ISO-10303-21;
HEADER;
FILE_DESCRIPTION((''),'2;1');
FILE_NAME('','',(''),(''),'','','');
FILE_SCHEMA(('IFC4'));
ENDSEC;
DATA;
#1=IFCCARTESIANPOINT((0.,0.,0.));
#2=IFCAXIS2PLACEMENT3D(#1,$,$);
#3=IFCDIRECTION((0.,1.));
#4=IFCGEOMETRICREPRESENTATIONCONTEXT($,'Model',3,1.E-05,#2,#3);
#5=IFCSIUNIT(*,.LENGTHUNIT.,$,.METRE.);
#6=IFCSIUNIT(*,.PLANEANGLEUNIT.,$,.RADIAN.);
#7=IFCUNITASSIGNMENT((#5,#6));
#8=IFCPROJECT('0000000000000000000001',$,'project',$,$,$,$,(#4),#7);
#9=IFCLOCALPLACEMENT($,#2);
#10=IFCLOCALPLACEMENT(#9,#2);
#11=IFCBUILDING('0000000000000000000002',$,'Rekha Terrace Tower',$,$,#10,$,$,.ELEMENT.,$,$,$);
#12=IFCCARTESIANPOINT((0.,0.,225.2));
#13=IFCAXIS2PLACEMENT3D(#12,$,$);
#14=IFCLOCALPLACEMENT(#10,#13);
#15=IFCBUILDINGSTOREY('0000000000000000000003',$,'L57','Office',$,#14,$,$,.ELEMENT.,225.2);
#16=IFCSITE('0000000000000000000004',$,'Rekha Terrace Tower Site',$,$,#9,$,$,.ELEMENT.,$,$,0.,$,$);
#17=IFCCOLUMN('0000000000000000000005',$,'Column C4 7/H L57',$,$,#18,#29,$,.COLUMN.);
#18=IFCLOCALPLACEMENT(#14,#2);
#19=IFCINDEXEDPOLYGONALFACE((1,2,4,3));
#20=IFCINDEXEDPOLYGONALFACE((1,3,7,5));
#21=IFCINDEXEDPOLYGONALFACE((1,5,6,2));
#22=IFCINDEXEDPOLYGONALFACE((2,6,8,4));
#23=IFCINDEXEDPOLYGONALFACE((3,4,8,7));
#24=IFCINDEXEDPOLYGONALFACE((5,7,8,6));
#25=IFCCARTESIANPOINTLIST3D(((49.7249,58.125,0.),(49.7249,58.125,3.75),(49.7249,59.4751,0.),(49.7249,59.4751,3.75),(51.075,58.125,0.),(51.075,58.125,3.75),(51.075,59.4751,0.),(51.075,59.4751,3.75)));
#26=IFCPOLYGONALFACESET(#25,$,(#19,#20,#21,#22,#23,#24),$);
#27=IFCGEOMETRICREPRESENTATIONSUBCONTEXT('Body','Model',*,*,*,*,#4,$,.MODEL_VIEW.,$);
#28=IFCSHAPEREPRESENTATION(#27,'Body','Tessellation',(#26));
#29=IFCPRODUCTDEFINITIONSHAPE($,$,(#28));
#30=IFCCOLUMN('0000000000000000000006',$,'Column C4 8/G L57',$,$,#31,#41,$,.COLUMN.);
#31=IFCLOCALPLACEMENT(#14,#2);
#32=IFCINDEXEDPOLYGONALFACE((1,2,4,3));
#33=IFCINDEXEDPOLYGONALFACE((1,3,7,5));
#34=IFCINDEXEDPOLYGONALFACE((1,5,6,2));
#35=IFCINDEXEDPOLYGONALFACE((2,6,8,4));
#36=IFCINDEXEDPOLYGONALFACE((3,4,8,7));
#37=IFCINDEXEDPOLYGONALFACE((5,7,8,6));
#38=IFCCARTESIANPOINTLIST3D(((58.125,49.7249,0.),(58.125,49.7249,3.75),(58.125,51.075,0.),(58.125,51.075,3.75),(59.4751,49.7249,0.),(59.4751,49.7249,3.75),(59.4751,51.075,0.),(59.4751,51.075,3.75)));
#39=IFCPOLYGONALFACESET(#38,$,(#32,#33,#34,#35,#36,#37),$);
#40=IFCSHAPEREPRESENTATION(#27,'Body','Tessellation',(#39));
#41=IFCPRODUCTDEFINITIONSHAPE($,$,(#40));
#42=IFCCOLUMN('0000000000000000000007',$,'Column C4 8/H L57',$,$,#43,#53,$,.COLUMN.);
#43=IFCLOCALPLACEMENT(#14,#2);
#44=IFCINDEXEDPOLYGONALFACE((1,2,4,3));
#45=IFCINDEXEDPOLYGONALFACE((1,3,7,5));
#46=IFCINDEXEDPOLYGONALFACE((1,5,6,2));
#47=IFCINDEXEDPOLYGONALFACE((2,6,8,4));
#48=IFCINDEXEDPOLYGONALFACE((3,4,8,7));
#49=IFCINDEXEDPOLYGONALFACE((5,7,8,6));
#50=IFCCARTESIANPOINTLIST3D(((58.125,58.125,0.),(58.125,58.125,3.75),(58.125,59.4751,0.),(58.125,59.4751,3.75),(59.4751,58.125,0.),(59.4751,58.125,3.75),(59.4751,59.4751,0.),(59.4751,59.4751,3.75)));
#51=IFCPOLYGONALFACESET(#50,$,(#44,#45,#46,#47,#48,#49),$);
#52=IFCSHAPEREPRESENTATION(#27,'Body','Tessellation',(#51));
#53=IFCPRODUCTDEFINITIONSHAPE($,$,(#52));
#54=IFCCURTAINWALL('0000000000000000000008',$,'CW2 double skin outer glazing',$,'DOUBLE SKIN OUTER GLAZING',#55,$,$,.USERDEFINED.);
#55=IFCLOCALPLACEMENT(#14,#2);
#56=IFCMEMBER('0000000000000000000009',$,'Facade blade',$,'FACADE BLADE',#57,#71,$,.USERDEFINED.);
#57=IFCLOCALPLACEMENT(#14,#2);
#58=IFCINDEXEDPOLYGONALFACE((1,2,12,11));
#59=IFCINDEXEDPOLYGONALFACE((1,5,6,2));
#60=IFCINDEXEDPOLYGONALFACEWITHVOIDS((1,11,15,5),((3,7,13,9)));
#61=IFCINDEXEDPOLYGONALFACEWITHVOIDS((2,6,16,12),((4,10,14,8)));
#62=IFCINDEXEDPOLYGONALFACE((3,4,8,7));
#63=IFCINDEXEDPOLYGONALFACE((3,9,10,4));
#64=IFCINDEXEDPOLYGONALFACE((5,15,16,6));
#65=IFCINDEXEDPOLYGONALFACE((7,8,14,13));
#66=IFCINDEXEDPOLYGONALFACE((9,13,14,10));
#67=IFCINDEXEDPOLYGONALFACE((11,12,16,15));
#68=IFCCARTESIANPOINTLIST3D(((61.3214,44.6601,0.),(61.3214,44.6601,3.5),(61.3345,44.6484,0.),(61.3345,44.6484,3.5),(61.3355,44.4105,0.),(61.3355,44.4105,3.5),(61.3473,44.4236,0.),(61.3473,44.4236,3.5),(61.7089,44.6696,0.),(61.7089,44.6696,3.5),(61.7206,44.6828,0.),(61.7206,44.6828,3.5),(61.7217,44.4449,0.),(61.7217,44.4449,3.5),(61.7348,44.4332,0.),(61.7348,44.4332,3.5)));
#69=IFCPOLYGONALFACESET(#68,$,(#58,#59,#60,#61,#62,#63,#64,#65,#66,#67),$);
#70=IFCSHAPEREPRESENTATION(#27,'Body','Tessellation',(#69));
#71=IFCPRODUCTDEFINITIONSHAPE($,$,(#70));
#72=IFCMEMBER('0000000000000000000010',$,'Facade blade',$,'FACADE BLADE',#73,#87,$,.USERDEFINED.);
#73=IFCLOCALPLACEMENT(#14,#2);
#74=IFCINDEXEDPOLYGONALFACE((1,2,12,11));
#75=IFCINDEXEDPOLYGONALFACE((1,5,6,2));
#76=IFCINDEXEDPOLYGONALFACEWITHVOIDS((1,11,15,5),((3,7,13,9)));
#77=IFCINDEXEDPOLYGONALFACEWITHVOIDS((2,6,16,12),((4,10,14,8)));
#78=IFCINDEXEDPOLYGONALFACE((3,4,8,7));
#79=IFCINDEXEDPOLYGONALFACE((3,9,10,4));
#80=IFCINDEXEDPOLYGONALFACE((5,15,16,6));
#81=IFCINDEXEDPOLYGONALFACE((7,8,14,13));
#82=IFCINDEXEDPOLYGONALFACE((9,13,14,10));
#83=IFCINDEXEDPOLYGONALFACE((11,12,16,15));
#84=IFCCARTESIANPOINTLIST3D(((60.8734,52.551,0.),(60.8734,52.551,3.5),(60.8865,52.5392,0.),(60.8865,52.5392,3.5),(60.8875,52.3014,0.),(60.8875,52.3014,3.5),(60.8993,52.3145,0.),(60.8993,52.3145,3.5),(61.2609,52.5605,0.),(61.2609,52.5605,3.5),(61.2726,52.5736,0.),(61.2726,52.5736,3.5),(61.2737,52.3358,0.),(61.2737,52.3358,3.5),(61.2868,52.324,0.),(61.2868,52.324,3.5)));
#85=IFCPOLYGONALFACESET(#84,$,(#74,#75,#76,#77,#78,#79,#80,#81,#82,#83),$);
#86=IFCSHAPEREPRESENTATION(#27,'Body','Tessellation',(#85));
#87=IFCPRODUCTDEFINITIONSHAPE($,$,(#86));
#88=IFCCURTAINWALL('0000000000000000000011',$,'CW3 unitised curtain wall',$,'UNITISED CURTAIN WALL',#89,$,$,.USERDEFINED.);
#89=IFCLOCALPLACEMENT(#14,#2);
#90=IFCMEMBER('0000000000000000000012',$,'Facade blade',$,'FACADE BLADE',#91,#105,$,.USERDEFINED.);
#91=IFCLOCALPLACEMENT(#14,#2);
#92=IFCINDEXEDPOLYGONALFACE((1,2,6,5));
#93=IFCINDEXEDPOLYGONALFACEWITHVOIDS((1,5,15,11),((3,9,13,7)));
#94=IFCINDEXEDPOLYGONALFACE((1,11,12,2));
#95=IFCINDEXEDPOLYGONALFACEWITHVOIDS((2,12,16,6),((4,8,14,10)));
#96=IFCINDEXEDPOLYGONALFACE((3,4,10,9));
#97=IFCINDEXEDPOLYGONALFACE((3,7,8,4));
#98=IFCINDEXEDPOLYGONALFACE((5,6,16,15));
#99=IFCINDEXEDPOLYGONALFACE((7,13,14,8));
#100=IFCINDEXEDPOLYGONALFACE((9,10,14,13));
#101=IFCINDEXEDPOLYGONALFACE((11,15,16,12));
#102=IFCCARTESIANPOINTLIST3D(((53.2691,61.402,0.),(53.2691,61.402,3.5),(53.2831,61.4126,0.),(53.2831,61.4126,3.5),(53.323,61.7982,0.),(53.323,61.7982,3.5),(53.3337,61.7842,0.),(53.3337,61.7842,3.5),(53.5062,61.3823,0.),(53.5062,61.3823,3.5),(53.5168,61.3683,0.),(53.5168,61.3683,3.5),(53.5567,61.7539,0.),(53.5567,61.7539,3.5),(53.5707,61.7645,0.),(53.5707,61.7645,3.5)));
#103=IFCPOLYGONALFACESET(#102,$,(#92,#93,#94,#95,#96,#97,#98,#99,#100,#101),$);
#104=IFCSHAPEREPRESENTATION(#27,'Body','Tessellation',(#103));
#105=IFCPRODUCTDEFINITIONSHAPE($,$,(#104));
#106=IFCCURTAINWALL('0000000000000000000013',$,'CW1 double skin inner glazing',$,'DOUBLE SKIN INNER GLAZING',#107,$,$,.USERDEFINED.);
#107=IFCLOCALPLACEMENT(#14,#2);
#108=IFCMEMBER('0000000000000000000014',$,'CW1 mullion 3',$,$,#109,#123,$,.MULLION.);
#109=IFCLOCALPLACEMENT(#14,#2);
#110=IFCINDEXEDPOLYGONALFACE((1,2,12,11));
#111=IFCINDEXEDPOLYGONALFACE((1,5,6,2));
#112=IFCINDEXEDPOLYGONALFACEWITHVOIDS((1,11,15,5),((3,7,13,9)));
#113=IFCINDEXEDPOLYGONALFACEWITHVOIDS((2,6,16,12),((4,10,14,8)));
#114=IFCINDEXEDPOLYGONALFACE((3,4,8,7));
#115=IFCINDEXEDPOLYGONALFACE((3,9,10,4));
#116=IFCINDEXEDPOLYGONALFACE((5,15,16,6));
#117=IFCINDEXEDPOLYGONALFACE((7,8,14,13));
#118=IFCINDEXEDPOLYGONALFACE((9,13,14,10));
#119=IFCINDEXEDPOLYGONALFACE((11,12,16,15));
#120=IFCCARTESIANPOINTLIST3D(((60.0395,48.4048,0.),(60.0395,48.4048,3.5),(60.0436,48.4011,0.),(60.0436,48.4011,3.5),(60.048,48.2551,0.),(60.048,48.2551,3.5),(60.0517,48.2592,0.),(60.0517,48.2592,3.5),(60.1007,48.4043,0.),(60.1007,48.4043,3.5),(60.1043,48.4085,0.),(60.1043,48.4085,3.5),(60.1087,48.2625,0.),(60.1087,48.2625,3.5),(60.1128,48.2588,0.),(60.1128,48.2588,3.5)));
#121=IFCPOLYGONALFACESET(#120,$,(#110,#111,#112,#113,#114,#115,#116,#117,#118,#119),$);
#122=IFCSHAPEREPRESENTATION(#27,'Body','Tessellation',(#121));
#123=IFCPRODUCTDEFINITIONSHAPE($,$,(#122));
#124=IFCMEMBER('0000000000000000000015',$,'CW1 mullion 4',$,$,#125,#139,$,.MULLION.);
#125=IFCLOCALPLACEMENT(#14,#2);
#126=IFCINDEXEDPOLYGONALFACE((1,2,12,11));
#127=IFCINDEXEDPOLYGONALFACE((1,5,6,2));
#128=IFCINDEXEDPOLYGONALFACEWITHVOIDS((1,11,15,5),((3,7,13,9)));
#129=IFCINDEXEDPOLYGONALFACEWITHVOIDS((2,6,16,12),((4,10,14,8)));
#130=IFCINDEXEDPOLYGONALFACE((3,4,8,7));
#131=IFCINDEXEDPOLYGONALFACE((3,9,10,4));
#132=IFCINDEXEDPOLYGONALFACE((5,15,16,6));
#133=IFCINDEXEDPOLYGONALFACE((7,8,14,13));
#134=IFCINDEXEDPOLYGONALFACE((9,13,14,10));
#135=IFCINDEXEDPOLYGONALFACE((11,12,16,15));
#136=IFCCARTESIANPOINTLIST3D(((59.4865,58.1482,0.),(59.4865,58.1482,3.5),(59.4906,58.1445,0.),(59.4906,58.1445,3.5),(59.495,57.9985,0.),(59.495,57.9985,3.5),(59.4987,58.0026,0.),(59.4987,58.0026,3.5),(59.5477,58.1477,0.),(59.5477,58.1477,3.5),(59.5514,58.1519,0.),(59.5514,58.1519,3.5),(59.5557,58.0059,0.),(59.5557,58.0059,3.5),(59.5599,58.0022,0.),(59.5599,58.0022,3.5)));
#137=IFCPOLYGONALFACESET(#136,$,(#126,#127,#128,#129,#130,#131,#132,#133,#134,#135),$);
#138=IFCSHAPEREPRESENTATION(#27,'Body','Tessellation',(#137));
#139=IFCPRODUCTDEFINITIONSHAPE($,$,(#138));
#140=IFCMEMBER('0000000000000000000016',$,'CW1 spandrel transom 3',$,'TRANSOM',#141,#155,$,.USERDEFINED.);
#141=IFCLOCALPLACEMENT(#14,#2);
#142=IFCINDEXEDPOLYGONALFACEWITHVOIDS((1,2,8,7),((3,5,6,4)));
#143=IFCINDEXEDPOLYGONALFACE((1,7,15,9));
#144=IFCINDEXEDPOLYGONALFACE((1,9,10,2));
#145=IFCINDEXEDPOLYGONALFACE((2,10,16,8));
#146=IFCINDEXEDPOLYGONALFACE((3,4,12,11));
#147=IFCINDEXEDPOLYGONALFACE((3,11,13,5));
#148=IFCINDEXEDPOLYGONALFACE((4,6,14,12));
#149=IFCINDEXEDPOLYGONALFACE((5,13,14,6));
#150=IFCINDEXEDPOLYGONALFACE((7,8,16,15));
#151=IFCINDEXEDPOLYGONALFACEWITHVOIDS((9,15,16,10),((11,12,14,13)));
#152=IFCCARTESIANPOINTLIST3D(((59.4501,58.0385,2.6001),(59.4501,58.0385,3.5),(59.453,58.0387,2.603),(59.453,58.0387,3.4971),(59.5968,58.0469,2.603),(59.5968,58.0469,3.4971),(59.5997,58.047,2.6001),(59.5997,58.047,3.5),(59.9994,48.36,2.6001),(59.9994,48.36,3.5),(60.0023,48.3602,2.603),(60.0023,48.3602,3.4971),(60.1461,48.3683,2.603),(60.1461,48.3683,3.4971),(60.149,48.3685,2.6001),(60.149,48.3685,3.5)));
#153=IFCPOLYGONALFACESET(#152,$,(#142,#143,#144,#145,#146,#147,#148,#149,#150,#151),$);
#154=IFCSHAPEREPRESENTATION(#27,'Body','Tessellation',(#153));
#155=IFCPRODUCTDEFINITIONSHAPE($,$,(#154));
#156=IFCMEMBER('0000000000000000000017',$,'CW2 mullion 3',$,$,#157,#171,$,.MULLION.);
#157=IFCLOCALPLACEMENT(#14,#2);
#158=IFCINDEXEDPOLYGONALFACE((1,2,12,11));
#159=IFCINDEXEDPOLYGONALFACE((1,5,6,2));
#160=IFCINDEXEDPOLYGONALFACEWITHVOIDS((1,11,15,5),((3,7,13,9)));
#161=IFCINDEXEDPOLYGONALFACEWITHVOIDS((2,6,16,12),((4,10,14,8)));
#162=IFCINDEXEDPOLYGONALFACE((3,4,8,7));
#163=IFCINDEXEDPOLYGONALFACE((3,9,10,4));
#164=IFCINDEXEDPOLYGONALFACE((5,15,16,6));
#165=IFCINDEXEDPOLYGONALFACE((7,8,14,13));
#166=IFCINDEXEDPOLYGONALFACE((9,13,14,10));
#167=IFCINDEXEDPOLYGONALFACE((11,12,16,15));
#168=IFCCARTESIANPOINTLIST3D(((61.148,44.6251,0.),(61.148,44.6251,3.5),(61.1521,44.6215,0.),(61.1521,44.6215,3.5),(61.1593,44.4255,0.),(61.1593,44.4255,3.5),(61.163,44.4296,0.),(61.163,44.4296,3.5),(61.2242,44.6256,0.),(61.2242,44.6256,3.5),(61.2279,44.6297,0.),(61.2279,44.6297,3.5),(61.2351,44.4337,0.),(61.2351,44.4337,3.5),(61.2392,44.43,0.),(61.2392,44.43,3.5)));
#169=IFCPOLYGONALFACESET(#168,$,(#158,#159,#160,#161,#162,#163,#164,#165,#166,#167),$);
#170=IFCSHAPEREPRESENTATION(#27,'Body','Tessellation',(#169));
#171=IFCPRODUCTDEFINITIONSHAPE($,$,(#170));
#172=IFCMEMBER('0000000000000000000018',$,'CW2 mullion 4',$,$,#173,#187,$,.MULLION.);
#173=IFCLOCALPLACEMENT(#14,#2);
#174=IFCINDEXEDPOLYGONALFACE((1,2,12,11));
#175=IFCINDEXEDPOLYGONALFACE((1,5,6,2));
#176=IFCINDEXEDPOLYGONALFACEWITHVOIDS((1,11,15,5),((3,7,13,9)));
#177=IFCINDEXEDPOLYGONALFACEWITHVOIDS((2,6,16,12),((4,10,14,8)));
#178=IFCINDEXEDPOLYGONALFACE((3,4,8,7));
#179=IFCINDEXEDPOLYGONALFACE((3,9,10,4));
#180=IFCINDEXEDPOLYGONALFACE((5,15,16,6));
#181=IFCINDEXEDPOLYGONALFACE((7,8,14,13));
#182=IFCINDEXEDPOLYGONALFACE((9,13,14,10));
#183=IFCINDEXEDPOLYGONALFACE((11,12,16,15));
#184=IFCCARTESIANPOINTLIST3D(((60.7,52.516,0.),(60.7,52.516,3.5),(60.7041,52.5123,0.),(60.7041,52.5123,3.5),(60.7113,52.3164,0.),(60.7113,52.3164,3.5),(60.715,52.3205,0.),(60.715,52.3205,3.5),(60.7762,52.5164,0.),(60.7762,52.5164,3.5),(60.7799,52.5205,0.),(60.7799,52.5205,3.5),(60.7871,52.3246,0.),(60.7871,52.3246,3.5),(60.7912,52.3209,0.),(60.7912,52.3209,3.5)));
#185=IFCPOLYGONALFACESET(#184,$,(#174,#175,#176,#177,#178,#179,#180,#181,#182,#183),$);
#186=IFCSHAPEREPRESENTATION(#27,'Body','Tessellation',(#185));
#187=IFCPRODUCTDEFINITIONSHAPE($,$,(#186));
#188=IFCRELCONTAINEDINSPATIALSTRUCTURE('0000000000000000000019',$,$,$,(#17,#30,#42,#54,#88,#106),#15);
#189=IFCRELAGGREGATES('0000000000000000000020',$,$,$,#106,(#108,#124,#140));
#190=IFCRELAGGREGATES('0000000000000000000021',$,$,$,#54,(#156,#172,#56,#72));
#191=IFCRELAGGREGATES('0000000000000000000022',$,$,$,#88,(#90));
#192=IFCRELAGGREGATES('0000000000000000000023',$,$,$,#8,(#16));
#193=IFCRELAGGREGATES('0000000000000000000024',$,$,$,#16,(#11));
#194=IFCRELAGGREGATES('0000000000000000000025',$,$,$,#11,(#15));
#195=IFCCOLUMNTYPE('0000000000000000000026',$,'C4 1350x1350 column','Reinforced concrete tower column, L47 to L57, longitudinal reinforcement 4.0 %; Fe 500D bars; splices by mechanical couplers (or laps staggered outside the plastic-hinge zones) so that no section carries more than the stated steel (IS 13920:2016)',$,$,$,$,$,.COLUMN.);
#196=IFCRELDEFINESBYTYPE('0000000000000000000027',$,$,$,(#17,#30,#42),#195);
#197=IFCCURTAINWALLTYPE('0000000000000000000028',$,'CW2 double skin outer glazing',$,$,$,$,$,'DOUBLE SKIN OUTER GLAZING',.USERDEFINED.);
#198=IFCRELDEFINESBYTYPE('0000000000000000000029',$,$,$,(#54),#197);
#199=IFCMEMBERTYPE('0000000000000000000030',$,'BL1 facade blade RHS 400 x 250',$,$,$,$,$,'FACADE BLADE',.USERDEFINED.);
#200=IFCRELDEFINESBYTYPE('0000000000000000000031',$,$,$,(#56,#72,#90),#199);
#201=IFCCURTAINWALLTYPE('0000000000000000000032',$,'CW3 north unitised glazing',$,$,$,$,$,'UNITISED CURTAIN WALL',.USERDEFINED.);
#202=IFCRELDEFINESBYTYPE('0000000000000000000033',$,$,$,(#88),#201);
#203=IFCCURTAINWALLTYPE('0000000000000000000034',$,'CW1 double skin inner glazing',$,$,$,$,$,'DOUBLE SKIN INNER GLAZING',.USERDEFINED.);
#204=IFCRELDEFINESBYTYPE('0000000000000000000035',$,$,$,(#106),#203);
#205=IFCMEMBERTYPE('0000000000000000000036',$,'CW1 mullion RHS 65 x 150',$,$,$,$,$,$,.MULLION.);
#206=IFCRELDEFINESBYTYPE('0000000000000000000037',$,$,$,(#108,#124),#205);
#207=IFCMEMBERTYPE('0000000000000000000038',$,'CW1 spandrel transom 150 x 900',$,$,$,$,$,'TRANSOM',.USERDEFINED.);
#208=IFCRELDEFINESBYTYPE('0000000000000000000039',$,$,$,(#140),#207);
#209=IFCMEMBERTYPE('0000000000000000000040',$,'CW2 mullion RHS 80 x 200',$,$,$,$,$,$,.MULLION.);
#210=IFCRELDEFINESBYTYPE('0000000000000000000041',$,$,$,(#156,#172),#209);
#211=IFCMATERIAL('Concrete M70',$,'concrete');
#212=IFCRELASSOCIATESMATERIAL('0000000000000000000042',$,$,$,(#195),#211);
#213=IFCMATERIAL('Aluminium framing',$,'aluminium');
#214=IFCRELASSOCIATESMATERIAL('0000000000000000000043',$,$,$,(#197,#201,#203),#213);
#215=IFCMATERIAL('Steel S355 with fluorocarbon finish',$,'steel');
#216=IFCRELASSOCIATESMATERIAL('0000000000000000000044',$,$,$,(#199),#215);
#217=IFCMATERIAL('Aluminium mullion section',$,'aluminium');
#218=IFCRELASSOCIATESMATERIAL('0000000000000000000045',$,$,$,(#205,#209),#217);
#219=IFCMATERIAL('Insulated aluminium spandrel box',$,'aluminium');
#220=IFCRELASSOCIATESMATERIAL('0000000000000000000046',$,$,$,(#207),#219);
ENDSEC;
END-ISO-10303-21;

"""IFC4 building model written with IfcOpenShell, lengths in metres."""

from ifc_helpers import new_model, si_unit, direction, frame, origin, origin_2d, place, context, subcontext, project, spatial, rectangle, hollow_rectangle, extrude, material, material_profile, profile_set, type_object, element, aggregate, save


model = new_model("IFC4")

# Units and contexts
model_context = context("Model", 3, precision=1e-05, world=origin(), true_north=direction((0.0, 1.0)))
body_context = subcontext(model_context, "Body", "Model", "MODEL_VIEW")
ifc_project = project(units=[si_unit("LENGTHUNIT", "METRE"), si_unit("PLANEANGLEUNIT", "RADIAN")], contexts=[model_context])

# Site, building, storey
site_placement = place(None, origin())
site = spatial("IfcSite", under=ifc_project, at=site_placement, Name="Rekha Terrace Tower Site", CompositionType="ELEMENT", RefElevation=0.0)
building_placement = place(site_placement, origin())
building = spatial("IfcBuilding", under=site, at=building_placement, Name="Rekha Terrace Tower", CompositionType="ELEMENT")
storey_placement = place(building_placement, frame((0.0, 0.0, 225.2)))
storey = spatial("IfcBuildingStorey", under=building, at=storey_placement, Name="L57", Description="Office", CompositionType="ELEMENT", Elevation=225.2)

# Columns
ifc_material_1 = material(Name="Concrete M70", Category="concrete")
ifc_material_profile_1 = material_profile(ifc_material_1, rectangle(XDim=1.3501, YDim=1.3501, at=origin_2d()), Name="RC 1350x1350")
ifc_profile_set_1 = profile_set([ifc_material_profile_1], Name="Concrete M70")
column_type = type_object("IfcColumnType", Name="C4 1350x1350 column", Description="Reinforced concrete tower column, L47 to L57, longitudinal reinforcement 4.0 %; Fe 500D bars; splices by mechanical couplers (or laps staggered outside the plastic-hinge zones) so that no section carries more than the stated steel (IS 13920:2016)", PredefinedType="COLUMN", material=ifc_profile_set_1)
for number, where, z_axis, x_axis, name in (
    (1, (50.3999, 58.8, 0.0), (0.0, 0.0, 1.0), (1.0, 0.0, 0.0), "Column C4 7/H L57"),
    (2, (58.8, 50.3999, 0.0), (0.0, 0.0, 1.0), (1.0, 0.0, 0.0), "Column C4 8/G L57"),
    (3, (58.8, 58.8, 0.0), (0.0, 0.0, 1.0), (1.0, 0.0, 0.0), "Column C4 8/H L57"),
):
    element("IfcColumn", number, at=place(storey_placement, frame(where, z_axis=z_axis, x_axis=x_axis)), inside=storey, type_object=column_type, Name=name, PredefinedType="COLUMN", context=body_context, shape_type="SweptSolid", body=[
        extrude(rectangle(XDim=1.3501, YDim=1.3501, at=origin_2d()), origin(), (0.0, 0.0, 1.0), 3.75),
    ])

# Curtain wall, members
ifc_material_2 = material(Name="Aluminium framing", Category="aluminium")
curtain_wall_type_1 = type_object("IfcCurtainWallType", Name="CW2 double skin outer glazing", ElementType="DOUBLE SKIN OUTER GLAZING", PredefinedType="USERDEFINED", material=ifc_material_2)
curtain_wall_1_placement = place(storey_placement, origin())
curtain_wall_1 = element("IfcCurtainWall", 4, at=curtain_wall_1_placement, inside=storey, type_object=curtain_wall_type_1, Name="CW2 double skin outer glazing", ObjectType="DOUBLE SKIN OUTER GLAZING", PredefinedType="USERDEFINED")
ifc_material_3 = material(Name="Steel S355 with fluorocarbon finish", Category="steel")
ifc_material_profile_2 = material_profile(ifc_material_3, hollow_rectangle(XDim=0.25, YDim=0.3999, WallThickness=0.0125, at=origin_2d()), Name="RHS400x250x12.5")
ifc_profile_set_2 = profile_set([ifc_material_profile_2], Name="Steel S355 with fluorocarbon finish")
member_type_1 = type_object("IfcMemberType", Name="BL1 facade blade RHS 400 x 250", ElementType="FACADE BLADE", PredefinedType="USERDEFINED", material=ifc_profile_set_2)
member_1_placement = place(storey_placement, frame((61.5281, 44.5466, 0.0), z_axis=(0.0, 0.0, 1.0), x_axis=(-0.056674, 0.998393, 0.0)))
member_1 = element("IfcMember", 5, at=member_1_placement, type_object=member_type_1, Name="Facade blade", ObjectType="FACADE BLADE", PredefinedType="USERDEFINED", context=body_context, shape_type="SweptSolid", body=[
    extrude(hollow_rectangle(XDim=0.25, YDim=0.3999, WallThickness=0.0125, at=origin_2d()), origin(), (0.0, 0.0, 1.0), 3.5),
])
member_2_placement = place(storey_placement, frame((61.0801, 52.4375, 0.0), z_axis=(0.0, 0.0, 1.0), x_axis=(-0.056674, 0.998393, 0.0)))
member_2 = element("IfcMember", 6, at=member_2_placement, type_object=member_type_1, Name="Facade blade", ObjectType="FACADE BLADE", PredefinedType="USERDEFINED", context=body_context, shape_type="SweptSolid", body=[
    extrude(hollow_rectangle(XDim=0.25, YDim=0.3999, WallThickness=0.0125, at=origin_2d()), origin(), (0.0, 0.0, 1.0), 3.5),
])

# Curtain wall, member
curtain_wall_type_2 = type_object("IfcCurtainWallType", Name="CW3 north unitised glazing", ElementType="UNITISED CURTAIN WALL", PredefinedType="USERDEFINED", material=ifc_material_2)
curtain_wall_2_placement = place(storey_placement, origin())
curtain_wall_2 = element("IfcCurtainWall", 7, at=curtain_wall_2_placement, inside=storey, type_object=curtain_wall_type_2, Name="CW3 unitised curtain wall", ObjectType="UNITISED CURTAIN WALL", PredefinedType="USERDEFINED")
member_3_placement = place(storey_placement, frame((53.4199, 61.5833, 0.0), z_axis=(0.0, 0.0, 1.0), x_axis=(-0.990867, 0.134841, 0.0)))
member_3 = element("IfcMember", 8, at=member_3_placement, type_object=member_type_1, Name="Facade blade", ObjectType="FACADE BLADE", PredefinedType="USERDEFINED", context=body_context, shape_type="SweptSolid", body=[
    extrude(hollow_rectangle(XDim=0.25, YDim=0.3999, WallThickness=0.0125, at=origin_2d()), origin(), (0.0, 0.0, 1.0), 3.5),
])

# Curtain wall, members
curtain_wall_type_3 = type_object("IfcCurtainWallType", Name="CW1 double skin inner glazing", ElementType="DOUBLE SKIN INNER GLAZING", PredefinedType="USERDEFINED", material=ifc_material_2)
curtain_wall_3_placement = place(storey_placement, origin())
curtain_wall_3 = element("IfcCurtainWall", 9, at=curtain_wall_3_placement, inside=storey, type_object=curtain_wall_type_3, Name="CW1 double skin inner glazing", ObjectType="DOUBLE SKIN INNER GLAZING", PredefinedType="USERDEFINED")
ifc_material_4 = material(Name="Aluminium mullion section", Category="aluminium")
ifc_material_profile_3 = material_profile(ifc_material_4, hollow_rectangle(XDim=0.0649, YDim=0.1499, WallThickness=0.0039, at=origin_2d()), Name="AL RHS 65x150")
ifc_profile_set_3 = profile_set([ifc_material_profile_3], Name="Aluminium mullion section")
member_type_2 = type_object("IfcMemberType", Name="CW1 mullion RHS 65 x 150", PredefinedType="MULLION", material=ifc_profile_set_3)
member_4_placement = place(storey_placement, frame((60.0762, 48.3318, 0.0), z_axis=(0.0, 0.0, 1.0), x_axis=(-0.998393, -0.056673, 0.0)))
member_4 = element("IfcMember", 10, at=member_4_placement, type_object=member_type_2, Name="CW1 mullion 3", PredefinedType="MULLION", context=body_context, shape_type="SweptSolid", body=[
    extrude(hollow_rectangle(XDim=0.0649, YDim=0.1499, WallThickness=0.0039, at=origin_2d()), origin(), (0.0, 0.0, 1.0), 3.5),
])
member_5_placement = place(storey_placement, frame((59.5232, 58.0752, 0.0), z_axis=(0.0, 0.0, 1.0), x_axis=(-0.998393, -0.056673, 0.0)))
member_5 = element("IfcMember", 11, at=member_5_placement, type_object=member_type_2, Name="CW1 mullion 4", PredefinedType="MULLION", context=body_context, shape_type="SweptSolid", body=[
    extrude(hollow_rectangle(XDim=0.0649, YDim=0.1499, WallThickness=0.0039, at=origin_2d()), origin(), (0.0, 0.0, 1.0), 3.5),
])
ifc_material_5 = material(Name="Insulated aluminium spandrel box", Category="aluminium")
ifc_material_profile_4 = material_profile(ifc_material_5, hollow_rectangle(XDim=0.1499, YDim=0.8999, WallThickness=0.0029, at=origin_2d()), Name="AL SPANDREL BOX 150x900")
ifc_profile_set_4 = profile_set([ifc_material_profile_4], Name="Insulated aluminium spandrel box")
member_type_3 = type_object("IfcMemberType", Name="CW1 spandrel transom 150 x 900", ElementType="TRANSOM", PredefinedType="USERDEFINED", material=ifc_profile_set_4)
member_6_placement = place(storey_placement, frame((60.0742, 48.3643, 3.05), z_axis=(-0.056665, 0.998393, 0.0), x_axis=(-0.998393, -0.056665, 0.0)))
member_6 = element("IfcMember", 12, at=member_6_placement, type_object=member_type_3, Name="CW1 spandrel transom 3", ObjectType="TRANSOM", PredefinedType="USERDEFINED", context=body_context, shape_type="SweptSolid", body=[
    extrude(hollow_rectangle(XDim=0.1499, YDim=0.8999, WallThickness=0.0029, at=origin_2d()), origin(), (0.0, 0.0, 1.0), 9.6941),
])

# Members
ifc_material_profile_5 = material_profile(ifc_material_4, hollow_rectangle(XDim=0.0801, YDim=0.2, WallThickness=0.0039, at=origin_2d()), Name="AL RHS 80x200")
ifc_profile_set_5 = profile_set([ifc_material_profile_5], Name="Aluminium mullion section")
member_type_4 = type_object("IfcMemberType", Name="CW2 mullion RHS 80 x 200", PredefinedType="MULLION", material=ifc_profile_set_5)
member_7_placement = place(storey_placement, frame((61.1936, 44.5276, 0.0), z_axis=(0.0, 0.0, 1.0), x_axis=(-0.998393, -0.056673, 0.0)))
member_7 = element("IfcMember", 13, at=member_7_placement, type_object=member_type_4, Name="CW2 mullion 3", PredefinedType="MULLION", context=body_context, shape_type="SweptSolid", body=[
    extrude(hollow_rectangle(XDim=0.0801, YDim=0.2, WallThickness=0.0039, at=origin_2d()), origin(), (0.0, 0.0, 1.0), 3.5),
])
member_8_placement = place(storey_placement, frame((60.7456, 52.4185, 0.0), z_axis=(0.0, 0.0, 1.0), x_axis=(-0.998393, -0.056673, 0.0)))
member_8 = element("IfcMember", 14, at=member_8_placement, type_object=member_type_4, Name="CW2 mullion 4", PredefinedType="MULLION", context=body_context, shape_type="SweptSolid", body=[
    extrude(hollow_rectangle(XDim=0.0801, YDim=0.2, WallThickness=0.0039, at=origin_2d()), origin(), (0.0, 0.0, 1.0), 3.5),
])

aggregate(curtain_wall_3, [member_4, member_5, member_6])
aggregate(curtain_wall_1, [member_7, member_8, member_1, member_2])
aggregate(curtain_wall_2, [member_3])

save(model, "model.ifc")
